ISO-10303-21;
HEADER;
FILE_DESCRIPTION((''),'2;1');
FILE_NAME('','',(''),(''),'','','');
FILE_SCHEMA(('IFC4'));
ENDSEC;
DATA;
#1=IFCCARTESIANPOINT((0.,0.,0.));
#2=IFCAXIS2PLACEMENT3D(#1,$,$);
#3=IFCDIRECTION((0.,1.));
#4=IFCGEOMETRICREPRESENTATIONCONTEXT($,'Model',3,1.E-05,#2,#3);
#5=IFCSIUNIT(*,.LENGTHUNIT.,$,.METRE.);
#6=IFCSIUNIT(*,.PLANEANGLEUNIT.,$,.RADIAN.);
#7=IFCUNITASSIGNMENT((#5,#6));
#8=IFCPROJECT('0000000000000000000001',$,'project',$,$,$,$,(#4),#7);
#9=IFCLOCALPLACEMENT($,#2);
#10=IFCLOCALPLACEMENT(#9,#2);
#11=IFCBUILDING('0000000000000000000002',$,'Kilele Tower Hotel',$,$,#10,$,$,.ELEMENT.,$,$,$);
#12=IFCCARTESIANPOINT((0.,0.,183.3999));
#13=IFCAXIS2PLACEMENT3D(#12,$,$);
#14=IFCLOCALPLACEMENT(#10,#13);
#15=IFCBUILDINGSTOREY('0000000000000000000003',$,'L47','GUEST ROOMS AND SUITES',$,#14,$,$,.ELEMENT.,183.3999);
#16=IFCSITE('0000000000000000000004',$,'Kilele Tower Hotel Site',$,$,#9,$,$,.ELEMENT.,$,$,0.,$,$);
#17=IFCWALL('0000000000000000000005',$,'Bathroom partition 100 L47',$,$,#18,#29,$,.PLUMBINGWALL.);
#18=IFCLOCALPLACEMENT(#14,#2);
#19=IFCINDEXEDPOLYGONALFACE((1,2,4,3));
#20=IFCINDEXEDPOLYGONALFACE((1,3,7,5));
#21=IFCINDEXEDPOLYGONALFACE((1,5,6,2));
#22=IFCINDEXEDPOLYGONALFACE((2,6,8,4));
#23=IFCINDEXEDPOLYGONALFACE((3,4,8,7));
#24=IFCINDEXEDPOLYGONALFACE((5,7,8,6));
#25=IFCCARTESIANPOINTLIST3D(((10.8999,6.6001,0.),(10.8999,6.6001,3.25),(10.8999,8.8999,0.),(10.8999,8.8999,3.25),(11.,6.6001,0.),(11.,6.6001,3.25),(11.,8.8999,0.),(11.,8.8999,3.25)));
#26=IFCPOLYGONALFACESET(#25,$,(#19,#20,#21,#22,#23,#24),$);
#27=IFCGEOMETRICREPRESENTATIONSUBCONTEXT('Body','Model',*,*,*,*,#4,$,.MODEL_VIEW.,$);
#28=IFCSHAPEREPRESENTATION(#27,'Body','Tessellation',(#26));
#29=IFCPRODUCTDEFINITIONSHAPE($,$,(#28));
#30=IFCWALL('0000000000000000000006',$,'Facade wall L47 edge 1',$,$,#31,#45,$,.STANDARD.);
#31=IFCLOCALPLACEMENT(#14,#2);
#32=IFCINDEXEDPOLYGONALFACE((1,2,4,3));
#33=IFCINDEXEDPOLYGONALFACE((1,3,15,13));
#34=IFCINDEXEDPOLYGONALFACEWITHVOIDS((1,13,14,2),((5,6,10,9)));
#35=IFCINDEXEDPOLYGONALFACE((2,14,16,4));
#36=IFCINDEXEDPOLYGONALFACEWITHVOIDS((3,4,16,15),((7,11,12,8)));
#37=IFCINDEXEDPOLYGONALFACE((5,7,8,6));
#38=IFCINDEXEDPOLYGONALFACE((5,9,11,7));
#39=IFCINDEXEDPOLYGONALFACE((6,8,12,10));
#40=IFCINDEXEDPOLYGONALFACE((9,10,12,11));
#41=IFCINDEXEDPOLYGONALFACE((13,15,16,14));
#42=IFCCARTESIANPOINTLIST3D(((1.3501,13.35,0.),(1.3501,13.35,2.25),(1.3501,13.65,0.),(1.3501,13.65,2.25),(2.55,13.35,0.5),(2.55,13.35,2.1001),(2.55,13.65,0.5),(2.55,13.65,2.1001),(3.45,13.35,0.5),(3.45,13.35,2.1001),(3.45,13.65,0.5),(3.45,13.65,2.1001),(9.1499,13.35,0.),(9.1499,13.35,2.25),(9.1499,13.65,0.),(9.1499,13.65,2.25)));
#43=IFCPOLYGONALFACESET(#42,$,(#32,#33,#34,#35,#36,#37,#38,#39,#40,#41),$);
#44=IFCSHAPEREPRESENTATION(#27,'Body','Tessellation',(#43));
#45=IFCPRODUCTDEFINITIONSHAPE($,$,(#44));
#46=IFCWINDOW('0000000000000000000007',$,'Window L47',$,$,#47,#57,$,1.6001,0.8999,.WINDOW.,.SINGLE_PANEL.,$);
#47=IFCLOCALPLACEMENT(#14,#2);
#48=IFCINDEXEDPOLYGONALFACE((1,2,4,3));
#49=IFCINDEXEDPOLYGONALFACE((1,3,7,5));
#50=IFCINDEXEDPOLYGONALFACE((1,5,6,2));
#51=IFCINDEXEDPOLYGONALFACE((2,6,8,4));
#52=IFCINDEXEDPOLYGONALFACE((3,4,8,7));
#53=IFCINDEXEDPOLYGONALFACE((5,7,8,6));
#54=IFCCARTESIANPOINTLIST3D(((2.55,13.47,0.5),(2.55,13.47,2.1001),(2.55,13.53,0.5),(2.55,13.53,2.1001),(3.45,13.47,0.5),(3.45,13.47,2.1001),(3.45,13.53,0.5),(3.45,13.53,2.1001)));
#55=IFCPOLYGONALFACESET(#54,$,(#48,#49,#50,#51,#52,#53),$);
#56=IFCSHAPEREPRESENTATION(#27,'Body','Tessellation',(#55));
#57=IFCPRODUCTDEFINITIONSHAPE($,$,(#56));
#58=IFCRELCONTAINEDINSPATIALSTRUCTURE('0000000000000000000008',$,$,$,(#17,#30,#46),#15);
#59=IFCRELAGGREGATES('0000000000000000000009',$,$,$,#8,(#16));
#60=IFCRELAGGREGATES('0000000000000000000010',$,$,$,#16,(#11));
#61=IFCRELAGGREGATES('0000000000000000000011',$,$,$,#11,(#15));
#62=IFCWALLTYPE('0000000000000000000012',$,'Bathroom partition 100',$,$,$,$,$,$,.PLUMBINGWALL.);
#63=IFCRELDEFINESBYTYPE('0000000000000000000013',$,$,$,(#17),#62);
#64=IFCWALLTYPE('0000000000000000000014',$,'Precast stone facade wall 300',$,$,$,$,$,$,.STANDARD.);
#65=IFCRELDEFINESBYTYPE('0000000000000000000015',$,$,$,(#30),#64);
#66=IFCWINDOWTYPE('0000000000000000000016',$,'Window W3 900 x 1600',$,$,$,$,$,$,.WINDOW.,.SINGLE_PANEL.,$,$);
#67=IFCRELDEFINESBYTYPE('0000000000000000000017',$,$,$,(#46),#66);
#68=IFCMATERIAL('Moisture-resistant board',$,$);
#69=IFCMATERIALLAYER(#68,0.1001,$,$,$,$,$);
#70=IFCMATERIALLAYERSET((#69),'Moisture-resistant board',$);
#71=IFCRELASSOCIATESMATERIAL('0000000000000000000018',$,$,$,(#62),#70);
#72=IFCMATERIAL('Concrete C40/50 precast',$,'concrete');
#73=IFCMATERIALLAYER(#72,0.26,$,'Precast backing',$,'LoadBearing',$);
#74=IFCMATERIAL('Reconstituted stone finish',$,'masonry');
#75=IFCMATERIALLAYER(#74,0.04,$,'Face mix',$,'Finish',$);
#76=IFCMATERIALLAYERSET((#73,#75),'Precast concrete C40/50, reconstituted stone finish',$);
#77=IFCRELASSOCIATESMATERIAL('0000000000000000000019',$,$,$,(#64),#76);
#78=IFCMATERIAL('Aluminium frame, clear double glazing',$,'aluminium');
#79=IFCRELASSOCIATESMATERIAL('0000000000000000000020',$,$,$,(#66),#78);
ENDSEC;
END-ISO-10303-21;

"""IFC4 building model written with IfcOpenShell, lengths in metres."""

from ifc_helpers import new_model, si_unit, direction, frame, frame_2d, origin, place, context, subcontext, project, spatial, rectangle, extrude, material, layer, layer_set, type_object, element, fill, save


model = new_model("IFC4")

# Units and contexts
model_context = context("Model", 3, precision=1e-05, world=origin(), true_north=direction((0.0, 1.0)))
body_context = subcontext(model_context, "Body", "Model", "MODEL_VIEW")
ifc_project = project(units=[si_unit("LENGTHUNIT", "METRE"), si_unit("PLANEANGLEUNIT", "RADIAN")], contexts=[model_context])

# Site, building, storey
site_placement = place(None, origin())
site = spatial("IfcSite", under=ifc_project, at=site_placement, Name="Kilele Tower Hotel Site", CompositionType="ELEMENT", RefElevation=0.0)
building_placement = place(site_placement, origin())
building = spatial("IfcBuilding", under=site, at=building_placement, Name="Kilele Tower Hotel", CompositionType="ELEMENT")
storey_placement = place(building_placement, frame((0.0, 0.0, 183.3999)))
storey = spatial("IfcBuildingStorey", under=building, at=storey_placement, Name="L47", Description="GUEST ROOMS AND SUITES", CompositionType="ELEMENT", Elevation=183.3999)

# Wall
ifc_material_1 = material(Name="Moisture-resistant board")
ifc_layer_1 = layer(ifc_material_1, 0.1001)
ifc_layer_set_1 = layer_set([ifc_layer_1], Name="Moisture-resistant board")
wall_type_1 = type_object("IfcWallType", Name="Bathroom partition 100", PredefinedType="PLUMBINGWALL", material=ifc_layer_set_1)
wall_1_placement = place(storey_placement, frame((10.95, 8.8999, 0.0), z_axis=(0.0, 0.0, 1.0), x_axis=(0.0, -1.0, 0.0)))
element("IfcWall", 1, at=wall_1_placement, inside=storey, type_object=wall_type_1, Name="Bathroom partition 100 L47", PredefinedType="PLUMBINGWALL", context=body_context, shape_type="SweptSolid", body=[
    extrude(rectangle(XDim=2.2998, YDim=0.1001, at=frame_2d((1.1499, 0.0))), origin(), (0.0, 0.0, 1.0), 3.25),
])

# Wall, opening, window
ifc_material_2 = material(Name="Concrete C40/50 precast", Category="concrete")
ifc_layer_2 = layer(ifc_material_2, 0.26, Name="Precast backing", Category="LoadBearing")
ifc_material_3 = material(Name="Reconstituted stone finish", Category="masonry")
ifc_layer_3 = layer(ifc_material_3, 0.04, Name="Face mix", Category="Finish")
ifc_layer_set_2 = layer_set([ifc_layer_2, ifc_layer_3], Name="Precast concrete C40/50, reconstituted stone finish")
wall_type_2 = type_object("IfcWallType", Name="Precast stone facade wall 300", PredefinedType="STANDARD", material=ifc_layer_set_2)
wall_2_placement = place(storey_placement, frame((1.3501, 13.5, 0.0), z_axis=(0.0, 0.0, 1.0), x_axis=(1.0, 0.0, 0.0)))
wall_2 = element("IfcWall", 2, at=wall_2_placement, inside=storey, type_object=wall_type_2, Name="Facade wall L47 edge 1", PredefinedType="STANDARD", context=body_context, shape_type="SweptSolid", body=[
    extrude(rectangle(XDim=7.7998, YDim=0.3, at=frame_2d((3.8999, 0.0))), origin(), (0.0, 0.0, 1.0), 2.25),
])
opening_1_placement = place(wall_2_placement, frame((1.2, 0.0, 0.5)))
opening_1 = element("IfcOpeningElement", 3, at=opening_1_placement, cuts=wall_2, PredefinedType="OPENING", context=body_context, shape_type="SweptSolid", body=[
    extrude(rectangle(XDim=0.8999, YDim=1.6001, at=frame_2d((0.45, 0.8))), frame((0.0, 0.1599, 0.0), z_axis=(0.0, -1.0, 0.0), x_axis=(1.0, 0.0, 0.0)), (0.0, 0.0, 1.0), 0.3201),
])
ifc_material_4 = material(Name="Aluminium frame, clear double glazing", Category="aluminium")
window_type_1 = type_object("IfcWindowType", Name="Window W3 900 x 1600", PartitioningType="SINGLE_PANEL", PredefinedType="WINDOW", material=ifc_material_4)
window_1_placement = place(opening_1_placement, origin())
window_1 = element("IfcWindow", 4, at=window_1_placement, inside=storey, type_object=window_type_1, Name="Window L47", OverallHeight=1.6001, OverallWidth=0.8999, PartitioningType="SINGLE_PANEL", PredefinedType="WINDOW", context=body_context, shape_type="SweptSolid", body=[
    extrude(rectangle(XDim=0.8999, YDim=1.6001, at=frame_2d((0.45, 0.8))), frame((0.0, 0.03, 0.0), z_axis=(0.0, -1.0, 0.0), x_axis=(1.0, 0.0, 0.0)), (0.0, 0.0, 1.0), 0.0601),
])
fill(opening_1, window_1)

save(model, "model.ifc")
